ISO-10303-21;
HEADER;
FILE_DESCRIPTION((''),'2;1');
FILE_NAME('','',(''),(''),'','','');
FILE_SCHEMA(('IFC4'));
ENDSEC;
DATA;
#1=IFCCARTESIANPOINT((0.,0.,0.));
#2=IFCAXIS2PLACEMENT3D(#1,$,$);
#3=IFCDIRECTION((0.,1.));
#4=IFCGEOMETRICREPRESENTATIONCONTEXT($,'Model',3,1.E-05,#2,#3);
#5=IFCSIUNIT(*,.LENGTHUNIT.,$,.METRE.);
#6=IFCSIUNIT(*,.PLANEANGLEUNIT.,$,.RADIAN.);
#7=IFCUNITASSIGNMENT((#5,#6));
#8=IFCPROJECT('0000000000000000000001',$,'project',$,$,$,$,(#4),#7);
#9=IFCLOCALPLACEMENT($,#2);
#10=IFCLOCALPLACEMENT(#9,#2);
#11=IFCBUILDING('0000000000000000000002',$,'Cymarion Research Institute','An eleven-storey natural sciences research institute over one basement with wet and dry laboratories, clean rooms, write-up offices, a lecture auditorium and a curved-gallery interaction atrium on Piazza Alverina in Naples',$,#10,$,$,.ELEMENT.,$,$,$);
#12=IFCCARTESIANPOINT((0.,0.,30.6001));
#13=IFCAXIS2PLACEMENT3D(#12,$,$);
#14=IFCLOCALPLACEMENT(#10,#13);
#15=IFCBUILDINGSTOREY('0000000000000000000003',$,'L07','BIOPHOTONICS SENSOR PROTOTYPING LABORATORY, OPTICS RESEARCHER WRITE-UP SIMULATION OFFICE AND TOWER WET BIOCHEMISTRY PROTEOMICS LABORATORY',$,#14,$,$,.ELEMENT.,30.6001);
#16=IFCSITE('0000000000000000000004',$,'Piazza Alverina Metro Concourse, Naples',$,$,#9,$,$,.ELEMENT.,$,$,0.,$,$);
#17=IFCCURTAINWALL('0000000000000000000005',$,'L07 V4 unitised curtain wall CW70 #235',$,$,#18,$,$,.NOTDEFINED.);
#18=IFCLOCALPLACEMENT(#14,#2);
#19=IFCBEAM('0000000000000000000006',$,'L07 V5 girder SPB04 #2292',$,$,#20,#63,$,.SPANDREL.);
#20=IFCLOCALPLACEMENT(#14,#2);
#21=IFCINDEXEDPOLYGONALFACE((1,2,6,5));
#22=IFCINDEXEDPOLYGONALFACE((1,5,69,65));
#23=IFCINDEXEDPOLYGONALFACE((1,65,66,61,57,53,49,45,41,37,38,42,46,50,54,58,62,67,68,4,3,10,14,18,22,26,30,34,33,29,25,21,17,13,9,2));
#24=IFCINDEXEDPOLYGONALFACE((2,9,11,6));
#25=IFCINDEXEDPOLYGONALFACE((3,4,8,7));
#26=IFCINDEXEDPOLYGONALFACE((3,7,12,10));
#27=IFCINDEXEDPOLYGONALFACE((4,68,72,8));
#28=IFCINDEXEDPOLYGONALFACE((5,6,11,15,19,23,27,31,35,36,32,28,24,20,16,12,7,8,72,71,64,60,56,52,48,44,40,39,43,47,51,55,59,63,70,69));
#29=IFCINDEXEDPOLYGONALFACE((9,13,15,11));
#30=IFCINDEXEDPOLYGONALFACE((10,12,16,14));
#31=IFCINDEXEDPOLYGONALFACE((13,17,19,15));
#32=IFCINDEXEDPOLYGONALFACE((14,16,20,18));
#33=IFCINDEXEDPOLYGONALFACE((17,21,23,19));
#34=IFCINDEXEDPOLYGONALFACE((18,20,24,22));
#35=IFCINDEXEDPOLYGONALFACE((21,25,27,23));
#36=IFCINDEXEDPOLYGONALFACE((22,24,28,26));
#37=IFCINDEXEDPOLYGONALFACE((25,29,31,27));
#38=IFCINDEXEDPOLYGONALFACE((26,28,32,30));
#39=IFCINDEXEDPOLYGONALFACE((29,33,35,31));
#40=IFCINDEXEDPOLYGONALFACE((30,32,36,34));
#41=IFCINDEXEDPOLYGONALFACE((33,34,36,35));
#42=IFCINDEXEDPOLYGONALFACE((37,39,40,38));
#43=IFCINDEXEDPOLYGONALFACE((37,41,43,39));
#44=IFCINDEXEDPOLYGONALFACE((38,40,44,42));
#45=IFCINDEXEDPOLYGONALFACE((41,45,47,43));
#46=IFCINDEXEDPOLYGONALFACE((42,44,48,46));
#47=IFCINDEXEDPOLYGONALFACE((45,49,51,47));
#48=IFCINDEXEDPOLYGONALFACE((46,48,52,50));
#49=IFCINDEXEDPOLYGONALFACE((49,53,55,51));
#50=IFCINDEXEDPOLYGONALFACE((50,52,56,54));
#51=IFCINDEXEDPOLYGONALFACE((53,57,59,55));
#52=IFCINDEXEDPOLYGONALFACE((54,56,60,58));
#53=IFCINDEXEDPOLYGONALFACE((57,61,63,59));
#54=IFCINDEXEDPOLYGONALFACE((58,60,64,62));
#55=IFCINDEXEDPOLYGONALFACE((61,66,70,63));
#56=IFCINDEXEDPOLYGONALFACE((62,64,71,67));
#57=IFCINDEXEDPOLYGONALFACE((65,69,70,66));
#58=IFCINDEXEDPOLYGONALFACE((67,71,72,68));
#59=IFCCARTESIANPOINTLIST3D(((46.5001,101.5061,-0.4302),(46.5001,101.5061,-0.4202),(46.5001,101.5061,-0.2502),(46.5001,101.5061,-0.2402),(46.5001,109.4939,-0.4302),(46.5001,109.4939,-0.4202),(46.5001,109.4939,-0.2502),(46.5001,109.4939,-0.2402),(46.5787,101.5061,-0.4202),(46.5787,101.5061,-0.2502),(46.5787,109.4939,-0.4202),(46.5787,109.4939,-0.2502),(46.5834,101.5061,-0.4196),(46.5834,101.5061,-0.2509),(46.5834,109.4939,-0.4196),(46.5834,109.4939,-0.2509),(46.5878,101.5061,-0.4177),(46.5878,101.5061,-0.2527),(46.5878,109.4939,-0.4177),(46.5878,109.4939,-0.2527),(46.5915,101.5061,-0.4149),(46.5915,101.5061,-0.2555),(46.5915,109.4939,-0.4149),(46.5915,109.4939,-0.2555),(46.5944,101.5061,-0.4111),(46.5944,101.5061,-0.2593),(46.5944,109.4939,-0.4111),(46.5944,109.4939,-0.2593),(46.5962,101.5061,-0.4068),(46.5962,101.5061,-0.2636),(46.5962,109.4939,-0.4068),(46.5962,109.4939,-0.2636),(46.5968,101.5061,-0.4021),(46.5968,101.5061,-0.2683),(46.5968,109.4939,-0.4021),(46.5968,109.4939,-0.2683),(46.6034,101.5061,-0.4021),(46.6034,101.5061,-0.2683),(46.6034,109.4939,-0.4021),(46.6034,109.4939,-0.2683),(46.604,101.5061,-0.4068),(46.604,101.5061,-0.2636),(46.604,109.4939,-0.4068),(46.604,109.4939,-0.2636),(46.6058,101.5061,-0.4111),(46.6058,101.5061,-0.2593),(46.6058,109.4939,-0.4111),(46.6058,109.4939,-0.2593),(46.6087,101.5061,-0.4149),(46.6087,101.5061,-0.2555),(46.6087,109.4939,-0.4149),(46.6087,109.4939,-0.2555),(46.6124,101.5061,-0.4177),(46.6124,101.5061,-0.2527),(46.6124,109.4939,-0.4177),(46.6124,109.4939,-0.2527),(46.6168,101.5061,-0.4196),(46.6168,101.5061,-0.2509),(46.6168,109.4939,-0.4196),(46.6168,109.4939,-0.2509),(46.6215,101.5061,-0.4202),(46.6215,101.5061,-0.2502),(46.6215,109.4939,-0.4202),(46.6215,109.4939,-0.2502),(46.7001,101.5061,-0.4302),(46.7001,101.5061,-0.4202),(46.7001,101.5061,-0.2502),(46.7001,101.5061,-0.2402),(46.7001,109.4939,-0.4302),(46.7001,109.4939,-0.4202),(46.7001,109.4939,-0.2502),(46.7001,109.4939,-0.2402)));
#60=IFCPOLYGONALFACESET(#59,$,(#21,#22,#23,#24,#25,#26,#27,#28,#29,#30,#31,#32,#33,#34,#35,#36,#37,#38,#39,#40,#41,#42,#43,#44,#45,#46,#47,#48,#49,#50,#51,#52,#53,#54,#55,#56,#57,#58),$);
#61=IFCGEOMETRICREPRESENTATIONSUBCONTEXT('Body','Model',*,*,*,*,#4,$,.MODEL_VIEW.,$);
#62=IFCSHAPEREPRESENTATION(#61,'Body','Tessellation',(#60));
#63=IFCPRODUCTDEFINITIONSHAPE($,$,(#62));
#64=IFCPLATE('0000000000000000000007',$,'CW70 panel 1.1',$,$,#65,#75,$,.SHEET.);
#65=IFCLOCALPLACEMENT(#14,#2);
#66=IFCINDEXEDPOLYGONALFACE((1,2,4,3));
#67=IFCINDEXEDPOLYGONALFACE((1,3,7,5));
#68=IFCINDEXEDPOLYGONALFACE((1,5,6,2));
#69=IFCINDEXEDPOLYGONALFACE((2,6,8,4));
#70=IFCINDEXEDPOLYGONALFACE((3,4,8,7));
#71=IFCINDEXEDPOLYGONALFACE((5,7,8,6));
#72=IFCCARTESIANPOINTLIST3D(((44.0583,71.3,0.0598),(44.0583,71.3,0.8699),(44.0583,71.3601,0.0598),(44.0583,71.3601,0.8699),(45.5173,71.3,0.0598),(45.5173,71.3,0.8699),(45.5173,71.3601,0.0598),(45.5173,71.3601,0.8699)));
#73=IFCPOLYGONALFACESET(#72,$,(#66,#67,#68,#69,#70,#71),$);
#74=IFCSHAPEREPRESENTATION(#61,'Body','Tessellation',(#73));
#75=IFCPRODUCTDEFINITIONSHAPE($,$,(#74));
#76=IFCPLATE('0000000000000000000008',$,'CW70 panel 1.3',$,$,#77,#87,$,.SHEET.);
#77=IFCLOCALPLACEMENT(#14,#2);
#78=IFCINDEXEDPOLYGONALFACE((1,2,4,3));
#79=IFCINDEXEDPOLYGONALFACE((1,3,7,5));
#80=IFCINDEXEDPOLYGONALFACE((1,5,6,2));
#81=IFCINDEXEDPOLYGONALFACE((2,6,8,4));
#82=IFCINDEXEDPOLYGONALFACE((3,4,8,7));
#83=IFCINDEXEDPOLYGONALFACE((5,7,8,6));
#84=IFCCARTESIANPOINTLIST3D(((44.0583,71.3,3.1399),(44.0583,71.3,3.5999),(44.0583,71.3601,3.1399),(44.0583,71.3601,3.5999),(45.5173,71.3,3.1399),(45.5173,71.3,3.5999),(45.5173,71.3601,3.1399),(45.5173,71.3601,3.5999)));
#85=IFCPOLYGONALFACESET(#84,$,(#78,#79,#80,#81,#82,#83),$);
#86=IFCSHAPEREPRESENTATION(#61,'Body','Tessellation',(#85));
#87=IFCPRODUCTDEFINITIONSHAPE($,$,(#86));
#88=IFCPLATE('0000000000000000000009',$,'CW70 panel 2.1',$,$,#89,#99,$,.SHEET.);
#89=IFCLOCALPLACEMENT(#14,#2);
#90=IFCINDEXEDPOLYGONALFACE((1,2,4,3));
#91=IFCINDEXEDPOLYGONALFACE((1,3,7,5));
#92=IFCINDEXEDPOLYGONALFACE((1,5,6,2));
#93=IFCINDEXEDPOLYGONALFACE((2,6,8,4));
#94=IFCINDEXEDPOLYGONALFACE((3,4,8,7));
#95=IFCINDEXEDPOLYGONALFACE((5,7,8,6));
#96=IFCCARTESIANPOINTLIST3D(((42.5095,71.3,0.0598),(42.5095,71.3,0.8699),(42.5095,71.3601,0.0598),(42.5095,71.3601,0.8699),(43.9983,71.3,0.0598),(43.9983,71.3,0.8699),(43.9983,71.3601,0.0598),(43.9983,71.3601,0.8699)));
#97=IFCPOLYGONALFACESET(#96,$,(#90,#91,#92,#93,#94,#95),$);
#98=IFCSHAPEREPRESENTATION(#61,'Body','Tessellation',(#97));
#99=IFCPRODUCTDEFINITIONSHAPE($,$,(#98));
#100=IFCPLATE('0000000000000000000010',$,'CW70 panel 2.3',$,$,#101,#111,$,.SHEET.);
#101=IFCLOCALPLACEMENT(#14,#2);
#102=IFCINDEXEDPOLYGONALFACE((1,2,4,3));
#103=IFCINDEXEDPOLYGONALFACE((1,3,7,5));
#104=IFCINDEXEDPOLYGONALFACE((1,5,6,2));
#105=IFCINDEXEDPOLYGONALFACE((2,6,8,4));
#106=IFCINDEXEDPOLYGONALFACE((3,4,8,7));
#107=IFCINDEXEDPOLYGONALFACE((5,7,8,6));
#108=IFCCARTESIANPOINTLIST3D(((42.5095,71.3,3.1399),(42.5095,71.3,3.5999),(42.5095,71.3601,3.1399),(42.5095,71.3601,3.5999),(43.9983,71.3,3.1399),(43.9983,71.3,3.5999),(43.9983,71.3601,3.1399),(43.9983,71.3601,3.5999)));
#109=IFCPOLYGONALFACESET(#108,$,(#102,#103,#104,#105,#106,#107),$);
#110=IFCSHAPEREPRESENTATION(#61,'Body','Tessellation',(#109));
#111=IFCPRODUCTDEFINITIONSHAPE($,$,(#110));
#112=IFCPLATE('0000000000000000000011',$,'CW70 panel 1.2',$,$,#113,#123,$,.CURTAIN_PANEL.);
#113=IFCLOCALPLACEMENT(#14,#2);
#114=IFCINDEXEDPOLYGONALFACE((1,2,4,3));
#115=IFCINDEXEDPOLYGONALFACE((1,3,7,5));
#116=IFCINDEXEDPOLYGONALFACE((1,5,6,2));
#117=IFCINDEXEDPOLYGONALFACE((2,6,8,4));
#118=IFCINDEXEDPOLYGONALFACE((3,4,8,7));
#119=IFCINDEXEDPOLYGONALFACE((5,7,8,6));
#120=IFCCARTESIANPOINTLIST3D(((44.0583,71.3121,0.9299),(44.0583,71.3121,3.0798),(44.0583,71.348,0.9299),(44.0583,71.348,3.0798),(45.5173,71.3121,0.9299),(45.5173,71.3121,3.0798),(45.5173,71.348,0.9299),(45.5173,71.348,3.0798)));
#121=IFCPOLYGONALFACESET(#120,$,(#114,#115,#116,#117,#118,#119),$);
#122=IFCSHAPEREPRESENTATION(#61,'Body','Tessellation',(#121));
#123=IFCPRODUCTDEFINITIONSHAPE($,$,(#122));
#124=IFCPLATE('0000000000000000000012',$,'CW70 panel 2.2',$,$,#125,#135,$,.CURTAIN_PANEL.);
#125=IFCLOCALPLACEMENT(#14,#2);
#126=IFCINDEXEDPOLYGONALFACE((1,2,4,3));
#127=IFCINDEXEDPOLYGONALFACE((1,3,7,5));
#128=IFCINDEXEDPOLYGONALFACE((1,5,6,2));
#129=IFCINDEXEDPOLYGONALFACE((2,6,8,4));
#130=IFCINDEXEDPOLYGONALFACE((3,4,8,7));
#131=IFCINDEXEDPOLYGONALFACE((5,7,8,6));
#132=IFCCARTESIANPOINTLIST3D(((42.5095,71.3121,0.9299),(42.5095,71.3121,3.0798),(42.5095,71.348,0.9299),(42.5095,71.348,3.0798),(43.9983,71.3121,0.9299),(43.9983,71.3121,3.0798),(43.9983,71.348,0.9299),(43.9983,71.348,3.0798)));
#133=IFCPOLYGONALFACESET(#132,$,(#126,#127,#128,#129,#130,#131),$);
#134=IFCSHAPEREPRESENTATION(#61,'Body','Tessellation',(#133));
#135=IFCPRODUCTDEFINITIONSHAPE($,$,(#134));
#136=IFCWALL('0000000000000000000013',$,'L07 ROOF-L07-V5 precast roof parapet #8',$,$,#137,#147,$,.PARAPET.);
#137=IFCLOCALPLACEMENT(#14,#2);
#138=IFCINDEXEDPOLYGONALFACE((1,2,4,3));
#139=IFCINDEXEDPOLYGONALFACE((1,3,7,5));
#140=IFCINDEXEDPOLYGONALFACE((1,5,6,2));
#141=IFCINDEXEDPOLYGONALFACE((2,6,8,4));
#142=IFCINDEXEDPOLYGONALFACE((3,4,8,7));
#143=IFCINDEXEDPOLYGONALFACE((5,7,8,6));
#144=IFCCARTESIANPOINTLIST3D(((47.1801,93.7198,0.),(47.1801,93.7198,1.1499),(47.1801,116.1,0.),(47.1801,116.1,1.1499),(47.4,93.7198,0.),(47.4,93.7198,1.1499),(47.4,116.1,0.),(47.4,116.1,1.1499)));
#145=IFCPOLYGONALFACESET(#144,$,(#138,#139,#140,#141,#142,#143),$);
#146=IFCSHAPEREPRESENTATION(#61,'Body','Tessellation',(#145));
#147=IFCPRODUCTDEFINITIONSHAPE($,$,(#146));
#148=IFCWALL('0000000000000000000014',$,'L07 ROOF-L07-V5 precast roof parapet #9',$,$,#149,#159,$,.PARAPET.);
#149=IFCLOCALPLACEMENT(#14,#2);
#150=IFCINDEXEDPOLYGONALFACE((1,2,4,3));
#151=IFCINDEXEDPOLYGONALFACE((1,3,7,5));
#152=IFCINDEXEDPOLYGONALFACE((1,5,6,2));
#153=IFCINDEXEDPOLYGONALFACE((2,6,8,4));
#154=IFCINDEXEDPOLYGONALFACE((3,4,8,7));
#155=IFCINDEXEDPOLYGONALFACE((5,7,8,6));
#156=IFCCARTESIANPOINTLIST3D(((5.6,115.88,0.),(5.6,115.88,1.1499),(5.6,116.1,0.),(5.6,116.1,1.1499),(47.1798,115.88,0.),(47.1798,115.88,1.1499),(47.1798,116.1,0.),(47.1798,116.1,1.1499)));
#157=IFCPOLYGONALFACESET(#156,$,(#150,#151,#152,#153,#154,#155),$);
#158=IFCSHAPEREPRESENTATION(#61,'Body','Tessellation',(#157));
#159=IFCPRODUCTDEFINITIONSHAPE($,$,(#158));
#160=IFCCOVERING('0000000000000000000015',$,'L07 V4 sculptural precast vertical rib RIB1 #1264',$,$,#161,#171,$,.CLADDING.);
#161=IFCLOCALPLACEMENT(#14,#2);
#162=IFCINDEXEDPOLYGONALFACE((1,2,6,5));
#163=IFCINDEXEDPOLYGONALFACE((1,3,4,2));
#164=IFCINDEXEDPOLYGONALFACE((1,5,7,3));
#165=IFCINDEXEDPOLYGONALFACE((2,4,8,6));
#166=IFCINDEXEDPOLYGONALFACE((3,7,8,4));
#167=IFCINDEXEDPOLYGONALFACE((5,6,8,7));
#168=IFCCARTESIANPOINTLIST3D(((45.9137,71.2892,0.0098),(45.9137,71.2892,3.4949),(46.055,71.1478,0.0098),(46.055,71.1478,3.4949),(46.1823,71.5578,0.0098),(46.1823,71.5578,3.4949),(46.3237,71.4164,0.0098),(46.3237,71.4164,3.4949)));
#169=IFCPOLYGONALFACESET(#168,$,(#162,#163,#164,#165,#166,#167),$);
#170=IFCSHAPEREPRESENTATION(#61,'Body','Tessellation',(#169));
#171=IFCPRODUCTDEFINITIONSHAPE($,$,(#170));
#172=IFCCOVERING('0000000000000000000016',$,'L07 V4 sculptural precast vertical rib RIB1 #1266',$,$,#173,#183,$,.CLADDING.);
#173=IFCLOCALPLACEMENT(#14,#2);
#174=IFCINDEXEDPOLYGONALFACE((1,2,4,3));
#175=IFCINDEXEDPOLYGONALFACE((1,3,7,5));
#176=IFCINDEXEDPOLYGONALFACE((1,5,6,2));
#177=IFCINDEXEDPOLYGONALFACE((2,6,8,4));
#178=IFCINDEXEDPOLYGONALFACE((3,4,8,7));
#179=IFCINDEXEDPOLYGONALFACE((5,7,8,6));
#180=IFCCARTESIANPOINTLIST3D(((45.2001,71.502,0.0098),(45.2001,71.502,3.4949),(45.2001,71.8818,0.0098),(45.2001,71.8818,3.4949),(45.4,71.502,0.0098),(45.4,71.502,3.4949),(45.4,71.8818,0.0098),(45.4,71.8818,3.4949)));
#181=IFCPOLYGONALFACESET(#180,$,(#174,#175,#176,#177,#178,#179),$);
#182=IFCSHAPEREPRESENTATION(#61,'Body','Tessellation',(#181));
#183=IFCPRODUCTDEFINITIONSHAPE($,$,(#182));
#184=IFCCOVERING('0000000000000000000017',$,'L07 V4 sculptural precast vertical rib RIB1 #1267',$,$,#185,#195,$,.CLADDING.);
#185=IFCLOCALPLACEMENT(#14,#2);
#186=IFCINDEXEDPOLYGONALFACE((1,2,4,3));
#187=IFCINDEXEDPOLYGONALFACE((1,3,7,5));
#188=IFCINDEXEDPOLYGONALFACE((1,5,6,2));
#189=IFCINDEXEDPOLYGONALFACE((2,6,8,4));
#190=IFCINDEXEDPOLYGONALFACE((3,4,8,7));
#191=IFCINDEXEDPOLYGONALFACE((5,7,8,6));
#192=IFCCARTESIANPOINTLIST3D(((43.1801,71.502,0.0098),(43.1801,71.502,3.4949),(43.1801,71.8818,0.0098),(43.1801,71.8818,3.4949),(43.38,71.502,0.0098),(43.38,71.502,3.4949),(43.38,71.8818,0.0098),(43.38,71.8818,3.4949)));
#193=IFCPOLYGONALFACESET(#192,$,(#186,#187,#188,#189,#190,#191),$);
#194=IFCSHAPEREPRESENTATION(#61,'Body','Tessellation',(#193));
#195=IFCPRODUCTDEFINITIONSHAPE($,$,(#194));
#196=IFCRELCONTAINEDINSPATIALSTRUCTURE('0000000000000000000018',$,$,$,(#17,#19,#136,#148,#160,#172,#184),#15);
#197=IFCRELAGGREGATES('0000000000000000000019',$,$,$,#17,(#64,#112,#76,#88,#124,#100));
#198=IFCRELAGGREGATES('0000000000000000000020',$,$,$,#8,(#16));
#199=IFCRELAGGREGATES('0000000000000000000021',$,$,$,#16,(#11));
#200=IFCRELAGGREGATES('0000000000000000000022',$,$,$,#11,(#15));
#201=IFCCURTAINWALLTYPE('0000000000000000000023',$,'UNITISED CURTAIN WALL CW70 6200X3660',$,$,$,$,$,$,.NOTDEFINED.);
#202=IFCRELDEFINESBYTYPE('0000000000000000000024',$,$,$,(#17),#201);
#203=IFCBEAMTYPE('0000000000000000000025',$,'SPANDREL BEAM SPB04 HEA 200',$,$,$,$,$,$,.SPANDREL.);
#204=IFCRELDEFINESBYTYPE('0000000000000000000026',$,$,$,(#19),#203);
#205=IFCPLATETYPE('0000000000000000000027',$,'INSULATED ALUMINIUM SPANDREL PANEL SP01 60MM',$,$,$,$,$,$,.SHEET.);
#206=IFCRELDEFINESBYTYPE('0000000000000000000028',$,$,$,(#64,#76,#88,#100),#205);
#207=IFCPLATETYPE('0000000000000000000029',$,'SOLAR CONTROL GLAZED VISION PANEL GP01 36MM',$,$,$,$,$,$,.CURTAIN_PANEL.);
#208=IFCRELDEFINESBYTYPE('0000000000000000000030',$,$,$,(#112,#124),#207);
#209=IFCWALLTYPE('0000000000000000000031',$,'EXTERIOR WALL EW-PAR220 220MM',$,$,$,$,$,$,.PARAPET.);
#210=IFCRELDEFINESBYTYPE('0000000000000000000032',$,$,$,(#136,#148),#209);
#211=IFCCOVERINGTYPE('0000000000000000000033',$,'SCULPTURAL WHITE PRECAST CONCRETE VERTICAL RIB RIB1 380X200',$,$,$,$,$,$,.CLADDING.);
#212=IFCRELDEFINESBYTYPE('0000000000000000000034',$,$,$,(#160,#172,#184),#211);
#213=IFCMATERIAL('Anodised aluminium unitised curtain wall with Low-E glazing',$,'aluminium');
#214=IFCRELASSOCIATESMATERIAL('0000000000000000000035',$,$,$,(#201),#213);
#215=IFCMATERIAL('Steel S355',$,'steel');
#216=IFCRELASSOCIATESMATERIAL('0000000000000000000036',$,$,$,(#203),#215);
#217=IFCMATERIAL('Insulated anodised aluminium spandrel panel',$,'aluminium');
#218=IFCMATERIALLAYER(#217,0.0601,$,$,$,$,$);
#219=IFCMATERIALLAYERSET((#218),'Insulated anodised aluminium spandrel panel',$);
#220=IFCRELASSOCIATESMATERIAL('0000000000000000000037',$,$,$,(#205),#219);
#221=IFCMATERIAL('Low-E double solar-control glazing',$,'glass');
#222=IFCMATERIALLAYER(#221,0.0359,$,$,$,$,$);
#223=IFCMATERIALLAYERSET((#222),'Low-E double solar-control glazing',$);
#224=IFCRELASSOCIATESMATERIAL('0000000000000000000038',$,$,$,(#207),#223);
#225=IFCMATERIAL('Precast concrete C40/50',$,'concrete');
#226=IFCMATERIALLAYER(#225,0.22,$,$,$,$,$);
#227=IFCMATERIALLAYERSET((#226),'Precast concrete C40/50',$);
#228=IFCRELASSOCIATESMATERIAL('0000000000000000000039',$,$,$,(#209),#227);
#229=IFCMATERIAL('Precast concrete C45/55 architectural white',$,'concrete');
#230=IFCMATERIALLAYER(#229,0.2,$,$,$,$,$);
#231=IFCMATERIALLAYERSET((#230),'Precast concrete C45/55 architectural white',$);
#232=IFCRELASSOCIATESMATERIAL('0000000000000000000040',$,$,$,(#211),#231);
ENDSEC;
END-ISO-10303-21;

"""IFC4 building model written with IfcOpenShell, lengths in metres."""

from ifc_helpers import new_model, si_unit, direction, frame, frame_2d, origin, origin_2d, place, context, subcontext, project, spatial, rectangle, i_section, extrude, material, layer, layer_set, material_profile, profile_set, type_object, element, aggregate, save


model = new_model("IFC4")

# Units and contexts
model_context = context("Model", 3, precision=1e-05, world=origin(), true_north=direction((0.0, 1.0)))
body_context = subcontext(model_context, "Body", "Model", "MODEL_VIEW")
ifc_project = project(units=[si_unit("LENGTHUNIT", "METRE"), si_unit("PLANEANGLEUNIT", "RADIAN")], contexts=[model_context])

# Site, building, storey
site_placement = place(None, origin())
site = spatial("IfcSite", under=ifc_project, at=site_placement, Name="Piazza Alverina Metro Concourse, Naples", CompositionType="ELEMENT", RefElevation=0.0)
building_placement = place(site_placement, origin())
building = spatial("IfcBuilding", under=site, at=building_placement, Name="Cymarion Research Institute", Description="An eleven-storey natural sciences research institute over one basement with wet and dry laboratories, clean rooms, write-up offices, a lecture auditorium and a curved-gallery interaction atrium on Piazza Alverina in Naples", CompositionType="ELEMENT")
storey_placement = place(building_placement, frame((0.0, 0.0, 30.6001)))
storey = spatial("IfcBuildingStorey", under=building, at=storey_placement, Name="L07", Description="BIOPHOTONICS SENSOR PROTOTYPING LABORATORY, OPTICS RESEARCHER WRITE-UP SIMULATION OFFICE AND TOWER WET BIOCHEMISTRY PROTEOMICS LABORATORY", CompositionType="ELEMENT", Elevation=30.6001)

# Curtain wall
ifc_material_1 = material(Name="Anodised aluminium unitised curtain wall with Low-E glazing", Category="aluminium")
curtain_wall_type = type_object("IfcCurtainWallType", Name="UNITISED CURTAIN WALL CW70 6200X3660", PredefinedType="NOTDEFINED", material=ifc_material_1)
curtain_wall_placement = place(storey_placement, origin())
curtain_wall = element("IfcCurtainWall", 1, at=curtain_wall_placement, inside=storey, type_object=curtain_wall_type, Name="L07 V4 unitised curtain wall CW70 #235", PredefinedType="NOTDEFINED")

# Beam
ifc_material_2 = material(Name="Steel S355", Category="steel")
ifc_material_profile_1 = material_profile(ifc_material_2, i_section(OverallWidth=0.2, OverallDepth=0.1899, WebThickness=0.0066, FlangeThickness=0.01, FilletRadius=0.0181, at=origin_2d()), Name="HEA 200")
ifc_profile_set_1 = profile_set([ifc_material_profile_1], Name="Steel S355")
beam_type_1 = type_object("IfcBeamType", Name="SPANDREL BEAM SPB04 HEA 200", PredefinedType="SPANDREL", material=ifc_profile_set_1)
for number, where, z_axis, x_axis, name in (
    (2, (46.6001, 101.5061, -0.3352), (0.0, 1.0, 0.0), (-1.0, 0.0, 0.0), "L07 V5 girder SPB04 #2292"),
):
    element("IfcBeam", number, at=place(storey_placement, frame(where, z_axis=z_axis, x_axis=x_axis)), inside=storey, type_object=beam_type_1, Name=name, PredefinedType="SPANDREL", context=body_context, shape_type="SweptSolid", body=[
        extrude(i_section(OverallWidth=0.2, OverallDepth=0.1899, WebThickness=0.0066, FlangeThickness=0.01, FilletRadius=0.0181, at=origin_2d()), origin(), (0.0, 0.0, 1.0), 7.9878),
    ])

# Plates
ifc_material_3 = material(Name="Insulated anodised aluminium spandrel panel", Category="aluminium")
ifc_layer_1 = layer(ifc_material_3, 0.0601)
ifc_layer_set_1 = layer_set([ifc_layer_1], Name="Insulated anodised aluminium spandrel panel")
plate_type_1 = type_object("IfcPlateType", Name="INSULATED ALUMINIUM SPANDREL PANEL SP01 60MM", PredefinedType="SHEET", material=ifc_layer_set_1)
plate_1_placement = place(storey_placement, frame((44.7878, 71.3301, 0.0598), z_axis=(0.0, 0.0, 1.0), x_axis=(-1.0, 0.0, 0.0)))
plate_1 = element("IfcPlate", 3, at=plate_1_placement, type_object=plate_type_1, Name="CW70 panel 1.1", PredefinedType="SHEET", context=body_context, shape_type="SweptSolid", body=[
    extrude(rectangle(XDim=1.459, YDim=0.0601, at=origin_2d()), origin(), (0.0, 0.0, 1.0), 0.8101),
])
plate_2_placement = place(storey_placement, frame((44.7878, 71.3301, 3.1399), z_axis=(0.0, 0.0, 1.0), x_axis=(-1.0, 0.0, 0.0)))
plate_2 = element("IfcPlate", 4, at=plate_2_placement, type_object=plate_type_1, Name="CW70 panel 1.3", PredefinedType="SHEET", context=body_context, shape_type="SweptSolid", body=[
    extrude(rectangle(XDim=1.459, YDim=0.0601, at=origin_2d()), origin(), (0.0, 0.0, 1.0), 0.46),
])
plate_3_placement = place(storey_placement, frame((43.2539, 71.3301, 0.0598), z_axis=(0.0, 0.0, 1.0), x_axis=(-1.0, 0.0, 0.0)))
plate_3 = element("IfcPlate", 5, at=plate_3_placement, type_object=plate_type_1, Name="CW70 panel 2.1", PredefinedType="SHEET", context=body_context, shape_type="SweptSolid", body=[
    extrude(rectangle(XDim=1.4888, YDim=0.0601, at=origin_2d()), origin(), (0.0, 0.0, 1.0), 0.8101),
])
plate_4_placement = place(storey_placement, frame((43.2539, 71.3301, 3.1399), z_axis=(0.0, 0.0, 1.0), x_axis=(-1.0, 0.0, 0.0)))
plate_4 = element("IfcPlate", 6, at=plate_4_placement, type_object=plate_type_1, Name="CW70 panel 2.3", PredefinedType="SHEET", context=body_context, shape_type="SweptSolid", body=[
    extrude(rectangle(XDim=1.4888, YDim=0.0601, at=origin_2d()), origin(), (0.0, 0.0, 1.0), 0.46),
])
ifc_material_4 = material(Name="Low-E double solar-control glazing", Category="glass")
ifc_layer_2 = layer(ifc_material_4, 0.0359)
ifc_layer_set_2 = layer_set([ifc_layer_2], Name="Low-E double solar-control glazing")
plate_type_2 = type_object("IfcPlateType", Name="SOLAR CONTROL GLAZED VISION PANEL GP01 36MM", PredefinedType="CURTAIN_PANEL", material=ifc_layer_set_2)
plate_5_placement = place(storey_placement, frame((44.7878, 71.3301, 0.9299), z_axis=(0.0, 0.0, 1.0), x_axis=(-1.0, 0.0, 0.0)))
plate_5 = element("IfcPlate", 7, at=plate_5_placement, type_object=plate_type_2, Name="CW70 panel 1.2", PredefinedType="CURTAIN_PANEL", context=body_context, shape_type="SweptSolid", body=[
    extrude(rectangle(XDim=1.459, YDim=0.0359, at=origin_2d()), origin(), (0.0, 0.0, 1.0), 2.1499),
])
plate_6_placement = place(storey_placement, frame((43.2539, 71.3301, 0.9299), z_axis=(0.0, 0.0, 1.0), x_axis=(-1.0, 0.0, 0.0)))
plate_6 = element("IfcPlate", 8, at=plate_6_placement, type_object=plate_type_2, Name="CW70 panel 2.2", PredefinedType="CURTAIN_PANEL", context=body_context, shape_type="SweptSolid", body=[
    extrude(rectangle(XDim=1.4888, YDim=0.0359, at=origin_2d()), origin(), (0.0, 0.0, 1.0), 2.1499),
])
aggregate(curtain_wall, [plate_1, plate_5, plate_2, plate_3, plate_6, plate_4])

# Walls
ifc_material_5 = material(Name="Precast concrete C40/50", Category="concrete")
ifc_layer_3 = layer(ifc_material_5, 0.22)
ifc_layer_set_3 = layer_set([ifc_layer_3], Name="Precast concrete C40/50")
wall_type = type_object("IfcWallType", Name="EXTERIOR WALL EW-PAR220 220MM", PredefinedType="PARAPET", material=ifc_layer_set_3)
wall_1_placement = place(storey_placement, frame((47.29, 93.72, 0.0), z_axis=(0.0, 0.0, 1.0), x_axis=(0.0, 1.0, 0.0)))
element("IfcWall", 9, at=wall_1_placement, inside=storey, type_object=wall_type, Name="L07 ROOF-L07-V5 precast roof parapet #8", PredefinedType="PARAPET", context=body_context, shape_type="SweptSolid", body=[
    extrude(rectangle(XDim=22.3801, YDim=0.22, at=frame_2d((11.1899, 0.0))), origin(), (0.0, 0.0, 1.0), 1.1499),
])
wall_2_placement = place(storey_placement, frame((47.1799, 115.99, 0.0), z_axis=(0.0, 0.0, 1.0), x_axis=(-1.0, 0.0, 0.0)))
element("IfcWall", 10, at=wall_2_placement, inside=storey, type_object=wall_type, Name="L07 ROOF-L07-V5 precast roof parapet #9", PredefinedType="PARAPET", context=body_context, shape_type="SweptSolid", body=[
    extrude(rectangle(XDim=41.5798, YDim=0.22, at=frame_2d((20.79, 0.0))), origin(), (0.0, 0.0, 1.0), 1.1499),
])

# Coverings
ifc_material_6 = material(Name="Precast concrete C45/55 architectural white", Category="concrete")
ifc_layer_4 = layer(ifc_material_6, 0.2)
ifc_layer_set_4 = layer_set([ifc_layer_4], Name="Precast concrete C45/55 architectural white")
covering_type = type_object("IfcCoveringType", Name="SCULPTURAL WHITE PRECAST CONCRETE VERTICAL RIB RIB1 380X200", PredefinedType="CLADDING", material=ifc_layer_set_4)
for number, where, z_axis, x_axis, name in (
    (11, (46.1187, 71.3528, 0.0098), (0.0, 0.0, 1.0), (0.707107, 0.707107, 0.0), "L07 V4 sculptural precast vertical rib RIB1 #1264"),
    (12, (45.3, 71.6919, 0.0098), (0.0, 0.0, 1.0), (0.0, 1.0, 0.0), "L07 V4 sculptural precast vertical rib RIB1 #1266"),
    (13, (43.28, 71.6919, 0.0098), (0.0, 0.0, 1.0), (0.0, 1.0, 0.0), "L07 V4 sculptural precast vertical rib RIB1 #1267"),
):
    element("IfcCovering", number, at=place(storey_placement, frame(where, z_axis=z_axis, x_axis=x_axis)), inside=storey, type_object=covering_type, Name=name, PredefinedType="CLADDING", context=body_context, shape_type="SweptSolid", body=[
        extrude(rectangle(XDim=0.3799, YDim=0.2, at=origin_2d()), origin(), (0.0, 0.0, 1.0), 3.4851),
    ])

save(model, "model.ifc")
